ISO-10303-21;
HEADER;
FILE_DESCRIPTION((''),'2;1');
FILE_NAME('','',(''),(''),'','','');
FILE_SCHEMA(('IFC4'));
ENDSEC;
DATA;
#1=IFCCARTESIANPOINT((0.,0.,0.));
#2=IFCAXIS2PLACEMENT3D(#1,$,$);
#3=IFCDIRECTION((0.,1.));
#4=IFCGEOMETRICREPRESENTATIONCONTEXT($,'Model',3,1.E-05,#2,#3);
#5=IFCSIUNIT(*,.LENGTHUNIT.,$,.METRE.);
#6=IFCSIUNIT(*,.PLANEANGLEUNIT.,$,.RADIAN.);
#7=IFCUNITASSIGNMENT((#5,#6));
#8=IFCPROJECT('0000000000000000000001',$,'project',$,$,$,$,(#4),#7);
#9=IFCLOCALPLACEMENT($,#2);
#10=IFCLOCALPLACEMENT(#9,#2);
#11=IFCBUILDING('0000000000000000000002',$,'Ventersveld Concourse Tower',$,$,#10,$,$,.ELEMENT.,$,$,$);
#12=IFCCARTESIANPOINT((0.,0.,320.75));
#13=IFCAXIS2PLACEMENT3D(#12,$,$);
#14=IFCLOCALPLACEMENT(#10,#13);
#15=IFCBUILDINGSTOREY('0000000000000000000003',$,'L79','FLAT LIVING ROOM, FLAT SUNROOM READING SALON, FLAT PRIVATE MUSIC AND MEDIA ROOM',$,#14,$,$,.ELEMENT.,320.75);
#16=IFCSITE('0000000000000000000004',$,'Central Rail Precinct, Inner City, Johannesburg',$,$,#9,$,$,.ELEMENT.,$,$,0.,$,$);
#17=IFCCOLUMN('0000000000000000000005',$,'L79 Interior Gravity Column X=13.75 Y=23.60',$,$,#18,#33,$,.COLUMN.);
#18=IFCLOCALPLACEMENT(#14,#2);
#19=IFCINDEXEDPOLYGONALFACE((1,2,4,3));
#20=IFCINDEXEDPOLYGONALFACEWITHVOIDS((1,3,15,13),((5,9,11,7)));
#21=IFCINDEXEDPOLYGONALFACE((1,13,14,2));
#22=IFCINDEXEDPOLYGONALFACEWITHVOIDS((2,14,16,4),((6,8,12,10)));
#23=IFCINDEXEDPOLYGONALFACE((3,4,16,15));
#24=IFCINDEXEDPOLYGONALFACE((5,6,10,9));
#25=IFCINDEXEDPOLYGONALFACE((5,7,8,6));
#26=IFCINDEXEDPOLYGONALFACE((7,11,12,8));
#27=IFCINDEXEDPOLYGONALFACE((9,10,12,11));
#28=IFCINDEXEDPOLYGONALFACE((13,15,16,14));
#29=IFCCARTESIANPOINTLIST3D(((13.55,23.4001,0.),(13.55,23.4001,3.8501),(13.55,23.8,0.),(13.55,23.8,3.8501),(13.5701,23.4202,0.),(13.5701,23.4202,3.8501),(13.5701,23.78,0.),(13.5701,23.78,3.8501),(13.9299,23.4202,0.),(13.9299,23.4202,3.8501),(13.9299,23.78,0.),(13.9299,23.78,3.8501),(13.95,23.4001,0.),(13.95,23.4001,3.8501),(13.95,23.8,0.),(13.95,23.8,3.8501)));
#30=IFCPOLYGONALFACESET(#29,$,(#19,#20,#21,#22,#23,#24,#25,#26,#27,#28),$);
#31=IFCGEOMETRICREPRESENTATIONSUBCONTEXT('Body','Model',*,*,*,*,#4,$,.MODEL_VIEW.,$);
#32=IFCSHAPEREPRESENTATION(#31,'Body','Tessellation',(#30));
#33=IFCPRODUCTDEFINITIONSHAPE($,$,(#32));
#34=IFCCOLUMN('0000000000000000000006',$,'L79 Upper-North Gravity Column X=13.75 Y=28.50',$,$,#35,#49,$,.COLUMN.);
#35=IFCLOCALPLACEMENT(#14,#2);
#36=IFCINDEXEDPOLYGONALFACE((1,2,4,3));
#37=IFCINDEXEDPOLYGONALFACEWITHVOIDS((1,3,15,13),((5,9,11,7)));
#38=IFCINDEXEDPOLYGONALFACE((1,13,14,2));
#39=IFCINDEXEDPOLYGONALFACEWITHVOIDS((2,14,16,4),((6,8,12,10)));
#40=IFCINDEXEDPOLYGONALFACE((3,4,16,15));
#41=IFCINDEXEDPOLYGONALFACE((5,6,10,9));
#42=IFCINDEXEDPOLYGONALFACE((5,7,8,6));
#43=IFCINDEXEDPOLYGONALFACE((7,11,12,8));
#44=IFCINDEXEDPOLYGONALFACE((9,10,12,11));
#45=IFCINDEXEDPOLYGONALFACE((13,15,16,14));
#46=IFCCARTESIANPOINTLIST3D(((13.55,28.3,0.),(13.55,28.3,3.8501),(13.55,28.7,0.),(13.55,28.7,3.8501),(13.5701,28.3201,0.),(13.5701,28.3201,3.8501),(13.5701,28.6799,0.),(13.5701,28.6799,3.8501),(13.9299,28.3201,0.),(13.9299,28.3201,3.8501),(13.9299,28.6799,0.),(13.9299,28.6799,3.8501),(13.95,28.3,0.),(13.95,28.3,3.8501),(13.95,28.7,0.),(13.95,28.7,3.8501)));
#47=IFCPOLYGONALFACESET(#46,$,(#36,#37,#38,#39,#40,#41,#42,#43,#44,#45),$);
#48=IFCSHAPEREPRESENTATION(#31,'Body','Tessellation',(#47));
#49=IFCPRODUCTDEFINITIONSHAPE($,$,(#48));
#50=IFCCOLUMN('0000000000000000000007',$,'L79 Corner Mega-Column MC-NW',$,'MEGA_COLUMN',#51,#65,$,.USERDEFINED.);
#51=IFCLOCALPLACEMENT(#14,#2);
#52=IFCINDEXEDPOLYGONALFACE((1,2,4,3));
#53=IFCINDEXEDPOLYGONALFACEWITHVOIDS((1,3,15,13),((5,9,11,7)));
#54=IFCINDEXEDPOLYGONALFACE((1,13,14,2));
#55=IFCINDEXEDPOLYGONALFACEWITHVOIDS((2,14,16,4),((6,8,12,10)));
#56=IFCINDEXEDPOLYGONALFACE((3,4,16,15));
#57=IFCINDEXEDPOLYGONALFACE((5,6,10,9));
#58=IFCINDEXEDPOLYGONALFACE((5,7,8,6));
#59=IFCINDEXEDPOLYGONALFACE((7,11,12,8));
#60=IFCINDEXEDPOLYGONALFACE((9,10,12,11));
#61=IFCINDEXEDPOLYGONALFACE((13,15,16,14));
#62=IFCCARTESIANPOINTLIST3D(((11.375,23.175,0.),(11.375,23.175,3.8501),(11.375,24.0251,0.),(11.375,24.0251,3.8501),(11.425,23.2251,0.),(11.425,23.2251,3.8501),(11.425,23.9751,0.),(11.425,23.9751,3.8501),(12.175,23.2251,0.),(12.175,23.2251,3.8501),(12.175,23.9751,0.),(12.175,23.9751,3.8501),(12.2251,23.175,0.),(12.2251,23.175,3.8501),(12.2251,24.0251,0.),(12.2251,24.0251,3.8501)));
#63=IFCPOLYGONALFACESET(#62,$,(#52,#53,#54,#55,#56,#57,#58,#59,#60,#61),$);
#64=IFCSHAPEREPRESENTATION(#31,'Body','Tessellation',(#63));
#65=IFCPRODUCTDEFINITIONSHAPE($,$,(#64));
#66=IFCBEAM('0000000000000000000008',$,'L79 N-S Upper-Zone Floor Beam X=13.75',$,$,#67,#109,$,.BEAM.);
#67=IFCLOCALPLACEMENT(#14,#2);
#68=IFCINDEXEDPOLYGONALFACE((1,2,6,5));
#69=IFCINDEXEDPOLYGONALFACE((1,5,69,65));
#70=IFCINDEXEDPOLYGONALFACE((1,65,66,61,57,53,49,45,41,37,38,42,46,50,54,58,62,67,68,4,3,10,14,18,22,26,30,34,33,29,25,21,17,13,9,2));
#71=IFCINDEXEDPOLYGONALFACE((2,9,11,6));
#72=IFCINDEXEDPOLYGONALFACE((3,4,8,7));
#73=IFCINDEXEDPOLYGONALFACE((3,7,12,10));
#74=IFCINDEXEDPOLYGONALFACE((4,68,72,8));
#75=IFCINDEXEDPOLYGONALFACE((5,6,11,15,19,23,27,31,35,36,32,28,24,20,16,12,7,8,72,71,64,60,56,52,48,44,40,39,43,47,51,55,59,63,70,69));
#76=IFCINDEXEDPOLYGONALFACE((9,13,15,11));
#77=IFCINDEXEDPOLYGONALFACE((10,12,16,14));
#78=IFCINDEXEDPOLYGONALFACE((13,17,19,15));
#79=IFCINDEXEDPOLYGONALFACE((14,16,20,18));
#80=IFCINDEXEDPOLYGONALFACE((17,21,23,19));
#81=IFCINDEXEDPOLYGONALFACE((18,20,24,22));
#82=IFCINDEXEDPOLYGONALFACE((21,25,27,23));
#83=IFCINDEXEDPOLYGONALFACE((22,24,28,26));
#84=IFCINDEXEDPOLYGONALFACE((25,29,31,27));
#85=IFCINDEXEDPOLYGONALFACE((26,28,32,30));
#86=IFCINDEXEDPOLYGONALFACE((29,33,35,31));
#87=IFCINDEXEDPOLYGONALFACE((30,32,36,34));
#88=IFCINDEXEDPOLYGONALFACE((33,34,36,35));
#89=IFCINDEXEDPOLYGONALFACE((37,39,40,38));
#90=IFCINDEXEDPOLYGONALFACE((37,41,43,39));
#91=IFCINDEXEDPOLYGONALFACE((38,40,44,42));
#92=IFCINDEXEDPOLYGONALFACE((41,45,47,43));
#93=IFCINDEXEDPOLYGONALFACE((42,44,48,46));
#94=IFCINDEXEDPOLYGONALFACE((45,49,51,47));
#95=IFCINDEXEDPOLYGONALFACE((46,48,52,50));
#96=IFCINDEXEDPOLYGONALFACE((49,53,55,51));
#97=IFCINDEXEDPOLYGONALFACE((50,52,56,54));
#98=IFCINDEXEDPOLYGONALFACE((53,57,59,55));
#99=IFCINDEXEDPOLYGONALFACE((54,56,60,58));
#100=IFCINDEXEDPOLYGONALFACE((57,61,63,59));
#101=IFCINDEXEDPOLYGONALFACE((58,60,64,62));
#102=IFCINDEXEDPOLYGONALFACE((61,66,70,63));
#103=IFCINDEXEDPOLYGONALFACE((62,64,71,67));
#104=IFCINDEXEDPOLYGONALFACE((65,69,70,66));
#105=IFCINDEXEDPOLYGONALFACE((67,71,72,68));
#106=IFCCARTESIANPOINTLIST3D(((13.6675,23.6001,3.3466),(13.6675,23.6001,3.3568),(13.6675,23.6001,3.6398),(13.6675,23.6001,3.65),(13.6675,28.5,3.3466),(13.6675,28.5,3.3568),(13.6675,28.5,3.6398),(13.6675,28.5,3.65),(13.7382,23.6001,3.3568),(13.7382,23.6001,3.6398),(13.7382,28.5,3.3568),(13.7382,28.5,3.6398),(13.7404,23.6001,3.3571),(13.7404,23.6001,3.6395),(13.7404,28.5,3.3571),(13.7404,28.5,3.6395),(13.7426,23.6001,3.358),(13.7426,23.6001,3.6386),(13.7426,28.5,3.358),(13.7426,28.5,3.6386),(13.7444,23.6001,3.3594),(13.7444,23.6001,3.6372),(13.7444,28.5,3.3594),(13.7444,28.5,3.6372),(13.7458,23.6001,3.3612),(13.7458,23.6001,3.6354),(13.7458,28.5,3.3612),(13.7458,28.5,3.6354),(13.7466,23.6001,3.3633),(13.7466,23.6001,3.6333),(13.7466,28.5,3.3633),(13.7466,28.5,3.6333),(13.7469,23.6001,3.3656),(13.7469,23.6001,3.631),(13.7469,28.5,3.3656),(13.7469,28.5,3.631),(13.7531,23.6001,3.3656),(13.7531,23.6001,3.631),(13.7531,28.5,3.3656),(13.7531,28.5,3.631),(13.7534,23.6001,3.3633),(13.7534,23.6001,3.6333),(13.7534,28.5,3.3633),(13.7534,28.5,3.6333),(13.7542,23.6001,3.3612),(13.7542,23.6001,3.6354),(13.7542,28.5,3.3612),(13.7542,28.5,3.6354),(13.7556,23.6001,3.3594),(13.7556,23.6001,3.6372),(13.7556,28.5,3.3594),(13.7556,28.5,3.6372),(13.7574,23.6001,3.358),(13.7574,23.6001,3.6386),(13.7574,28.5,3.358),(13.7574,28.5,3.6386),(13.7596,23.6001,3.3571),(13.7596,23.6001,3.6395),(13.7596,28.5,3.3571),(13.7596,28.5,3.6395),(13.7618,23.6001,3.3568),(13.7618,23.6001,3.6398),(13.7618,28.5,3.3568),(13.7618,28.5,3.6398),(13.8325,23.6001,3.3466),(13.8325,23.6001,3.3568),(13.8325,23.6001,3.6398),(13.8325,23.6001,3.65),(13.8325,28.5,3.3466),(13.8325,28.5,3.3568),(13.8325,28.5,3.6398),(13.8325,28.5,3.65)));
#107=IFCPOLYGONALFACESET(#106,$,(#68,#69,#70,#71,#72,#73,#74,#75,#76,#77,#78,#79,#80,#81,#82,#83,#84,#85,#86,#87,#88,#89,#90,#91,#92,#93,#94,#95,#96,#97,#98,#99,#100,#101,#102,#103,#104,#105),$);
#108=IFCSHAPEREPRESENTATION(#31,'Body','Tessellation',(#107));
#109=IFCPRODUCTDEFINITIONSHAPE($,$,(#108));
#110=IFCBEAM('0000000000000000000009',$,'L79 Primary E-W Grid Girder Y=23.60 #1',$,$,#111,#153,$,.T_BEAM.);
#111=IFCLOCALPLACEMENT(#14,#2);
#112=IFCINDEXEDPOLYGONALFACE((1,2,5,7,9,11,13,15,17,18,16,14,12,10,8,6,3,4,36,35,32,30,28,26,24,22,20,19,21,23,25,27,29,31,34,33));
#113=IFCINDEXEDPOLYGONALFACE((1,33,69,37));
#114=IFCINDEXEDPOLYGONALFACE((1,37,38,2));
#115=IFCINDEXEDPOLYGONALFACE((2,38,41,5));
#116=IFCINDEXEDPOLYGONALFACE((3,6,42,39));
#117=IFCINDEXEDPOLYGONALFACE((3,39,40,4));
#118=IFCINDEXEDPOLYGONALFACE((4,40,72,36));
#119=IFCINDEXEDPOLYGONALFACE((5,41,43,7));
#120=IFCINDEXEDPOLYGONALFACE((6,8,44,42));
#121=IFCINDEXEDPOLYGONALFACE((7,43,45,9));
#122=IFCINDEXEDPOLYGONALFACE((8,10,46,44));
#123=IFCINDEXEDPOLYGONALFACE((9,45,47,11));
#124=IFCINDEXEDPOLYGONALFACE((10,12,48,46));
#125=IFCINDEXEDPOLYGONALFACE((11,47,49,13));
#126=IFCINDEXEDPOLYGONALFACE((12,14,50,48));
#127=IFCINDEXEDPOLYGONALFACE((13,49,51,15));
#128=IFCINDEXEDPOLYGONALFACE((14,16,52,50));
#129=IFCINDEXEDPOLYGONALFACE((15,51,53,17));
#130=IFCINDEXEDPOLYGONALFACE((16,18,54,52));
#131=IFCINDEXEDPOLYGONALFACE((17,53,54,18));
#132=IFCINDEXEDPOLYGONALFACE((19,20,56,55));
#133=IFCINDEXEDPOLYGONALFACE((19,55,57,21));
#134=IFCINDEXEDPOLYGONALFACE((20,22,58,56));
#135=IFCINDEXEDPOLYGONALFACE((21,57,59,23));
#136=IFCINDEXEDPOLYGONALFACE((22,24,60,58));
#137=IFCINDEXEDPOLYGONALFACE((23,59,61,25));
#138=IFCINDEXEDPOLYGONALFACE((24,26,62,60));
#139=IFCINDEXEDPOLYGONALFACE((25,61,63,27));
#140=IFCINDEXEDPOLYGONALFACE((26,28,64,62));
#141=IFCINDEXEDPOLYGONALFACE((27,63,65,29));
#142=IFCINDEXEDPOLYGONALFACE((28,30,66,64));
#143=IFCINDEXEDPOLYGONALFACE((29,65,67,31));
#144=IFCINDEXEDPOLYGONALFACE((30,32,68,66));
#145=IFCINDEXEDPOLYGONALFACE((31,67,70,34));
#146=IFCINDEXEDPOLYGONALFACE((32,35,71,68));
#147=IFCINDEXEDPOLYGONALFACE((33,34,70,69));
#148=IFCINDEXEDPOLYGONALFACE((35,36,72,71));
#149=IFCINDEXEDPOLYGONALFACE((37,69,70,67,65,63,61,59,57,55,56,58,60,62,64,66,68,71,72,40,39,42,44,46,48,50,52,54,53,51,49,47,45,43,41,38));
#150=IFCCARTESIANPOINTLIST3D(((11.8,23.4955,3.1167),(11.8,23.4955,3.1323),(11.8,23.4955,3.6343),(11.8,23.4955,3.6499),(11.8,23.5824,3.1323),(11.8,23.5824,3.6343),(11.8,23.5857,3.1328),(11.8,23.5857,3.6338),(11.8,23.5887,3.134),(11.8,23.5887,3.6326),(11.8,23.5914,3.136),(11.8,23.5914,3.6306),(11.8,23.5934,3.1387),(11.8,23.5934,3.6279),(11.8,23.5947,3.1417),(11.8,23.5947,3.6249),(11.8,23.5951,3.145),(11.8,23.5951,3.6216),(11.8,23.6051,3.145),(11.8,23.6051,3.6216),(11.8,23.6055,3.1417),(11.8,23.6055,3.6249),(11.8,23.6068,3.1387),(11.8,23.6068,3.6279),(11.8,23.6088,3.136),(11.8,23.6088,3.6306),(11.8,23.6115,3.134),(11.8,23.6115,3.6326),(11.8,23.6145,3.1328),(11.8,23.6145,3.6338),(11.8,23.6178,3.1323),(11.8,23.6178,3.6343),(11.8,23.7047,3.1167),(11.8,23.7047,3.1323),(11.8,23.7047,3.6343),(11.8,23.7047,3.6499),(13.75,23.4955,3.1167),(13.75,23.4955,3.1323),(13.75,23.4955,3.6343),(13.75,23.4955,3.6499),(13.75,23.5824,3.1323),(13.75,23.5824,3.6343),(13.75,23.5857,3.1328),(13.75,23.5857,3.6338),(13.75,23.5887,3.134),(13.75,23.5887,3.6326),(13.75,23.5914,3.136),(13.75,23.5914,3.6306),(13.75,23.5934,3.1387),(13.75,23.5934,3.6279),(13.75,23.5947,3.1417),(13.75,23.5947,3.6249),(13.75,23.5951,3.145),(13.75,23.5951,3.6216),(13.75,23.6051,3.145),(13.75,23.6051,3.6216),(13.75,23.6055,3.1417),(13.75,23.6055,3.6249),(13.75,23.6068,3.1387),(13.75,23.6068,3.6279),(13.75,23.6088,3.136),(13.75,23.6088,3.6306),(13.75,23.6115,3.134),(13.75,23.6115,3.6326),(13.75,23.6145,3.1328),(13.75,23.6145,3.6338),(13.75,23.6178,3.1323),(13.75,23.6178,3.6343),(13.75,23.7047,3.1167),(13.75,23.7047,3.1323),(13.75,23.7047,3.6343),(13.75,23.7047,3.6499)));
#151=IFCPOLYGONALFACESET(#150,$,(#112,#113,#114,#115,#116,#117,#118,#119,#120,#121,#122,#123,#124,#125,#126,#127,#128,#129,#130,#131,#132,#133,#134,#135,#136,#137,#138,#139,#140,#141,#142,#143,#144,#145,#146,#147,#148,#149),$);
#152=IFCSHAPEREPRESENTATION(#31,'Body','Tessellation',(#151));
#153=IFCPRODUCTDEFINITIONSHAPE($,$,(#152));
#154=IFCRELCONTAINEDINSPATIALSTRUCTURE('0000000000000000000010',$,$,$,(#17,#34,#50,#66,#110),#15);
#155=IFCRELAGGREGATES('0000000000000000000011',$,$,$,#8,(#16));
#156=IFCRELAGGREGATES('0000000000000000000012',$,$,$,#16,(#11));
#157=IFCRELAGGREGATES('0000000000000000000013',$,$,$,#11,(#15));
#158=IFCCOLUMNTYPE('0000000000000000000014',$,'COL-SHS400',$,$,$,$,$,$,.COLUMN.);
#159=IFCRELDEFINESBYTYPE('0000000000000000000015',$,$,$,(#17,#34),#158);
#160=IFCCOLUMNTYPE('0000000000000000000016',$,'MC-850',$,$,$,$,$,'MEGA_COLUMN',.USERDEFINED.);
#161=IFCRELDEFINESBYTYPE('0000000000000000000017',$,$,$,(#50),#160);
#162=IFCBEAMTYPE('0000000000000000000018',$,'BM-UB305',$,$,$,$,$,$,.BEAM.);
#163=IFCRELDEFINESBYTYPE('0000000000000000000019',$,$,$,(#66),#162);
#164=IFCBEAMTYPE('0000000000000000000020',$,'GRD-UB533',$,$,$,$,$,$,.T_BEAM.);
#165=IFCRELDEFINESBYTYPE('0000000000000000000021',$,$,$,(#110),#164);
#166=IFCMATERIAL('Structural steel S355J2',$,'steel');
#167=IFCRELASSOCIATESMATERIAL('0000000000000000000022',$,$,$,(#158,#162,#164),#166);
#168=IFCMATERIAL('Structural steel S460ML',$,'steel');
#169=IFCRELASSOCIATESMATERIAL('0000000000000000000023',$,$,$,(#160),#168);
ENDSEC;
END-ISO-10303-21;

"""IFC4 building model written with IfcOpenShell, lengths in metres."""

from ifc_helpers import new_model, si_unit, direction, frame, origin, origin_2d, place, context, subcontext, project, spatial, hollow_rectangle, i_section, extrude, material, material_profile, profile_set, type_object, element, save


model = new_model("IFC4")

# Units and contexts
model_context = context("Model", 3, precision=1e-05, world=origin(), true_north=direction((0.0, 1.0)))
body_context = subcontext(model_context, "Body", "Model", "MODEL_VIEW")
ifc_project = project(units=[si_unit("LENGTHUNIT", "METRE"), si_unit("PLANEANGLEUNIT", "RADIAN")], contexts=[model_context])

# Site, building, storey
site_placement = place(None, origin())
site = spatial("IfcSite", under=ifc_project, at=site_placement, Name="Central Rail Precinct, Inner City, Johannesburg", CompositionType="ELEMENT", RefElevation=0.0)
building_placement = place(site_placement, origin())
building = spatial("IfcBuilding", under=site, at=building_placement, Name="Ventersveld Concourse Tower", CompositionType="ELEMENT")
storey_placement = place(building_placement, frame((0.0, 0.0, 320.75)))
storey = spatial("IfcBuildingStorey", under=building, at=storey_placement, Name="L79", Description="FLAT LIVING ROOM, FLAT SUNROOM READING SALON, FLAT PRIVATE MUSIC AND MEDIA ROOM", CompositionType="ELEMENT", Elevation=320.75)

# Columns
ifc_material_1 = material(Name="Structural steel S355J2", Category="steel")
ifc_material_profile_1 = material_profile(ifc_material_1, hollow_rectangle(XDim=0.3999, YDim=0.3999, WallThickness=0.02, at=origin_2d()), Name="SHS 400x400x20")
ifc_profile_set_1 = profile_set([ifc_material_profile_1], Name="Structural steel S355J2")
column_type_1 = type_object("IfcColumnType", Name="COL-SHS400", PredefinedType="COLUMN", material=ifc_profile_set_1)
for number, where, z_axis, x_axis, name in (
    (1, (13.75, 23.6001, 0.0), (0.0, 0.0, 1.0), (1.0, 0.0, 0.0), "L79 Interior Gravity Column X=13.75 Y=23.60"),
    (2, (13.75, 28.5, 0.0), (0.0, 0.0, 1.0), (1.0, 0.0, 0.0), "L79 Upper-North Gravity Column X=13.75 Y=28.50"),
):
    element("IfcColumn", number, at=place(storey_placement, frame(where, z_axis=z_axis, x_axis=x_axis)), inside=storey, type_object=column_type_1, Name=name, PredefinedType="COLUMN", context=body_context, shape_type="SweptSolid", body=[
        extrude(hollow_rectangle(XDim=0.3999, YDim=0.3999, WallThickness=0.02, at=origin_2d()), origin(), (0.0, 0.0, 1.0), 3.8501),
    ])
ifc_material_2 = material(Name="Structural steel S460ML", Category="steel")
ifc_material_profile_2 = material_profile(ifc_material_2, hollow_rectangle(XDim=0.8501, YDim=0.8501, WallThickness=0.05, at=origin_2d()), Name="BOX 850x850x50")
ifc_profile_set_2 = profile_set([ifc_material_profile_2], Name="Structural steel S460ML")
column_type_2 = type_object("IfcColumnType", Name="MC-850", ElementType="MEGA_COLUMN", PredefinedType="USERDEFINED", material=ifc_profile_set_2)
column_placement = place(storey_placement, frame((11.8, 23.6001, 0.0), z_axis=(0.0, 0.0, 1.0), x_axis=(1.0, 0.0, 0.0)))
element("IfcColumn", 3, at=column_placement, inside=storey, type_object=column_type_2, Name="L79 Corner Mega-Column MC-NW", ObjectType="MEGA_COLUMN", PredefinedType="USERDEFINED", context=body_context, shape_type="SweptSolid", body=[
    extrude(hollow_rectangle(XDim=0.8501, YDim=0.8501, WallThickness=0.05, at=origin_2d()), origin(), (0.0, 0.0, 1.0), 3.8501),
])

# Beams
ifc_material_profile_3 = material_profile(ifc_material_1, i_section(OverallWidth=0.165, OverallDepth=0.3035, WebThickness=0.0061, FlangeThickness=0.0103, FilletRadius=0.0088, at=origin_2d()), Name="UB 305x165x40")
ifc_profile_set_3 = profile_set([ifc_material_profile_3], Name="Structural steel S355J2")
beam_type_1 = type_object("IfcBeamType", Name="BM-UB305", PredefinedType="BEAM", material=ifc_profile_set_3)
beam_1_placement = place(storey_placement, frame((13.75, 23.6001, 3.4983), z_axis=(0.0, 1.0, 0.0), x_axis=(-1.0, 0.0, 0.0)))
element("IfcBeam", 4, at=beam_1_placement, inside=storey, type_object=beam_type_1, Name="L79 N-S Upper-Zone Floor Beam X=13.75", PredefinedType="BEAM", context=body_context, shape_type="SweptSolid", body=[
    extrude(i_section(OverallWidth=0.165, OverallDepth=0.3035, WebThickness=0.0061, FlangeThickness=0.0103, FilletRadius=0.0088, at=origin_2d()), origin(), (0.0, 0.0, 1.0), 4.8999),
])
ifc_material_profile_4 = material_profile(ifc_material_1, i_section(OverallWidth=0.2092, OverallDepth=0.5332, WebThickness=0.01, FlangeThickness=0.0156, FilletRadius=0.0127, at=origin_2d()), Name="UB 533x210x92")
ifc_profile_set_4 = profile_set([ifc_material_profile_4], Name="Structural steel S355J2")
beam_type_2 = type_object("IfcBeamType", Name="GRD-UB533", PredefinedType="T_BEAM", material=ifc_profile_set_4)
beam_2_placement = place(storey_placement, frame((11.8, 23.6001, 3.3833), z_axis=(1.0, 0.0, 0.0), x_axis=(0.0, 1.0, 0.0)))
element("IfcBeam", 5, at=beam_2_placement, inside=storey, type_object=beam_type_2, Name="L79 Primary E-W Grid Girder Y=23.60 #1", PredefinedType="T_BEAM", context=body_context, shape_type="SweptSolid", body=[
    extrude(i_section(OverallWidth=0.2092, OverallDepth=0.5332, WebThickness=0.01, FlangeThickness=0.0156, FilletRadius=0.0127, at=origin_2d()), origin(), (0.0, 0.0, 1.0), 1.95),
])

save(model, "model.ifc")
